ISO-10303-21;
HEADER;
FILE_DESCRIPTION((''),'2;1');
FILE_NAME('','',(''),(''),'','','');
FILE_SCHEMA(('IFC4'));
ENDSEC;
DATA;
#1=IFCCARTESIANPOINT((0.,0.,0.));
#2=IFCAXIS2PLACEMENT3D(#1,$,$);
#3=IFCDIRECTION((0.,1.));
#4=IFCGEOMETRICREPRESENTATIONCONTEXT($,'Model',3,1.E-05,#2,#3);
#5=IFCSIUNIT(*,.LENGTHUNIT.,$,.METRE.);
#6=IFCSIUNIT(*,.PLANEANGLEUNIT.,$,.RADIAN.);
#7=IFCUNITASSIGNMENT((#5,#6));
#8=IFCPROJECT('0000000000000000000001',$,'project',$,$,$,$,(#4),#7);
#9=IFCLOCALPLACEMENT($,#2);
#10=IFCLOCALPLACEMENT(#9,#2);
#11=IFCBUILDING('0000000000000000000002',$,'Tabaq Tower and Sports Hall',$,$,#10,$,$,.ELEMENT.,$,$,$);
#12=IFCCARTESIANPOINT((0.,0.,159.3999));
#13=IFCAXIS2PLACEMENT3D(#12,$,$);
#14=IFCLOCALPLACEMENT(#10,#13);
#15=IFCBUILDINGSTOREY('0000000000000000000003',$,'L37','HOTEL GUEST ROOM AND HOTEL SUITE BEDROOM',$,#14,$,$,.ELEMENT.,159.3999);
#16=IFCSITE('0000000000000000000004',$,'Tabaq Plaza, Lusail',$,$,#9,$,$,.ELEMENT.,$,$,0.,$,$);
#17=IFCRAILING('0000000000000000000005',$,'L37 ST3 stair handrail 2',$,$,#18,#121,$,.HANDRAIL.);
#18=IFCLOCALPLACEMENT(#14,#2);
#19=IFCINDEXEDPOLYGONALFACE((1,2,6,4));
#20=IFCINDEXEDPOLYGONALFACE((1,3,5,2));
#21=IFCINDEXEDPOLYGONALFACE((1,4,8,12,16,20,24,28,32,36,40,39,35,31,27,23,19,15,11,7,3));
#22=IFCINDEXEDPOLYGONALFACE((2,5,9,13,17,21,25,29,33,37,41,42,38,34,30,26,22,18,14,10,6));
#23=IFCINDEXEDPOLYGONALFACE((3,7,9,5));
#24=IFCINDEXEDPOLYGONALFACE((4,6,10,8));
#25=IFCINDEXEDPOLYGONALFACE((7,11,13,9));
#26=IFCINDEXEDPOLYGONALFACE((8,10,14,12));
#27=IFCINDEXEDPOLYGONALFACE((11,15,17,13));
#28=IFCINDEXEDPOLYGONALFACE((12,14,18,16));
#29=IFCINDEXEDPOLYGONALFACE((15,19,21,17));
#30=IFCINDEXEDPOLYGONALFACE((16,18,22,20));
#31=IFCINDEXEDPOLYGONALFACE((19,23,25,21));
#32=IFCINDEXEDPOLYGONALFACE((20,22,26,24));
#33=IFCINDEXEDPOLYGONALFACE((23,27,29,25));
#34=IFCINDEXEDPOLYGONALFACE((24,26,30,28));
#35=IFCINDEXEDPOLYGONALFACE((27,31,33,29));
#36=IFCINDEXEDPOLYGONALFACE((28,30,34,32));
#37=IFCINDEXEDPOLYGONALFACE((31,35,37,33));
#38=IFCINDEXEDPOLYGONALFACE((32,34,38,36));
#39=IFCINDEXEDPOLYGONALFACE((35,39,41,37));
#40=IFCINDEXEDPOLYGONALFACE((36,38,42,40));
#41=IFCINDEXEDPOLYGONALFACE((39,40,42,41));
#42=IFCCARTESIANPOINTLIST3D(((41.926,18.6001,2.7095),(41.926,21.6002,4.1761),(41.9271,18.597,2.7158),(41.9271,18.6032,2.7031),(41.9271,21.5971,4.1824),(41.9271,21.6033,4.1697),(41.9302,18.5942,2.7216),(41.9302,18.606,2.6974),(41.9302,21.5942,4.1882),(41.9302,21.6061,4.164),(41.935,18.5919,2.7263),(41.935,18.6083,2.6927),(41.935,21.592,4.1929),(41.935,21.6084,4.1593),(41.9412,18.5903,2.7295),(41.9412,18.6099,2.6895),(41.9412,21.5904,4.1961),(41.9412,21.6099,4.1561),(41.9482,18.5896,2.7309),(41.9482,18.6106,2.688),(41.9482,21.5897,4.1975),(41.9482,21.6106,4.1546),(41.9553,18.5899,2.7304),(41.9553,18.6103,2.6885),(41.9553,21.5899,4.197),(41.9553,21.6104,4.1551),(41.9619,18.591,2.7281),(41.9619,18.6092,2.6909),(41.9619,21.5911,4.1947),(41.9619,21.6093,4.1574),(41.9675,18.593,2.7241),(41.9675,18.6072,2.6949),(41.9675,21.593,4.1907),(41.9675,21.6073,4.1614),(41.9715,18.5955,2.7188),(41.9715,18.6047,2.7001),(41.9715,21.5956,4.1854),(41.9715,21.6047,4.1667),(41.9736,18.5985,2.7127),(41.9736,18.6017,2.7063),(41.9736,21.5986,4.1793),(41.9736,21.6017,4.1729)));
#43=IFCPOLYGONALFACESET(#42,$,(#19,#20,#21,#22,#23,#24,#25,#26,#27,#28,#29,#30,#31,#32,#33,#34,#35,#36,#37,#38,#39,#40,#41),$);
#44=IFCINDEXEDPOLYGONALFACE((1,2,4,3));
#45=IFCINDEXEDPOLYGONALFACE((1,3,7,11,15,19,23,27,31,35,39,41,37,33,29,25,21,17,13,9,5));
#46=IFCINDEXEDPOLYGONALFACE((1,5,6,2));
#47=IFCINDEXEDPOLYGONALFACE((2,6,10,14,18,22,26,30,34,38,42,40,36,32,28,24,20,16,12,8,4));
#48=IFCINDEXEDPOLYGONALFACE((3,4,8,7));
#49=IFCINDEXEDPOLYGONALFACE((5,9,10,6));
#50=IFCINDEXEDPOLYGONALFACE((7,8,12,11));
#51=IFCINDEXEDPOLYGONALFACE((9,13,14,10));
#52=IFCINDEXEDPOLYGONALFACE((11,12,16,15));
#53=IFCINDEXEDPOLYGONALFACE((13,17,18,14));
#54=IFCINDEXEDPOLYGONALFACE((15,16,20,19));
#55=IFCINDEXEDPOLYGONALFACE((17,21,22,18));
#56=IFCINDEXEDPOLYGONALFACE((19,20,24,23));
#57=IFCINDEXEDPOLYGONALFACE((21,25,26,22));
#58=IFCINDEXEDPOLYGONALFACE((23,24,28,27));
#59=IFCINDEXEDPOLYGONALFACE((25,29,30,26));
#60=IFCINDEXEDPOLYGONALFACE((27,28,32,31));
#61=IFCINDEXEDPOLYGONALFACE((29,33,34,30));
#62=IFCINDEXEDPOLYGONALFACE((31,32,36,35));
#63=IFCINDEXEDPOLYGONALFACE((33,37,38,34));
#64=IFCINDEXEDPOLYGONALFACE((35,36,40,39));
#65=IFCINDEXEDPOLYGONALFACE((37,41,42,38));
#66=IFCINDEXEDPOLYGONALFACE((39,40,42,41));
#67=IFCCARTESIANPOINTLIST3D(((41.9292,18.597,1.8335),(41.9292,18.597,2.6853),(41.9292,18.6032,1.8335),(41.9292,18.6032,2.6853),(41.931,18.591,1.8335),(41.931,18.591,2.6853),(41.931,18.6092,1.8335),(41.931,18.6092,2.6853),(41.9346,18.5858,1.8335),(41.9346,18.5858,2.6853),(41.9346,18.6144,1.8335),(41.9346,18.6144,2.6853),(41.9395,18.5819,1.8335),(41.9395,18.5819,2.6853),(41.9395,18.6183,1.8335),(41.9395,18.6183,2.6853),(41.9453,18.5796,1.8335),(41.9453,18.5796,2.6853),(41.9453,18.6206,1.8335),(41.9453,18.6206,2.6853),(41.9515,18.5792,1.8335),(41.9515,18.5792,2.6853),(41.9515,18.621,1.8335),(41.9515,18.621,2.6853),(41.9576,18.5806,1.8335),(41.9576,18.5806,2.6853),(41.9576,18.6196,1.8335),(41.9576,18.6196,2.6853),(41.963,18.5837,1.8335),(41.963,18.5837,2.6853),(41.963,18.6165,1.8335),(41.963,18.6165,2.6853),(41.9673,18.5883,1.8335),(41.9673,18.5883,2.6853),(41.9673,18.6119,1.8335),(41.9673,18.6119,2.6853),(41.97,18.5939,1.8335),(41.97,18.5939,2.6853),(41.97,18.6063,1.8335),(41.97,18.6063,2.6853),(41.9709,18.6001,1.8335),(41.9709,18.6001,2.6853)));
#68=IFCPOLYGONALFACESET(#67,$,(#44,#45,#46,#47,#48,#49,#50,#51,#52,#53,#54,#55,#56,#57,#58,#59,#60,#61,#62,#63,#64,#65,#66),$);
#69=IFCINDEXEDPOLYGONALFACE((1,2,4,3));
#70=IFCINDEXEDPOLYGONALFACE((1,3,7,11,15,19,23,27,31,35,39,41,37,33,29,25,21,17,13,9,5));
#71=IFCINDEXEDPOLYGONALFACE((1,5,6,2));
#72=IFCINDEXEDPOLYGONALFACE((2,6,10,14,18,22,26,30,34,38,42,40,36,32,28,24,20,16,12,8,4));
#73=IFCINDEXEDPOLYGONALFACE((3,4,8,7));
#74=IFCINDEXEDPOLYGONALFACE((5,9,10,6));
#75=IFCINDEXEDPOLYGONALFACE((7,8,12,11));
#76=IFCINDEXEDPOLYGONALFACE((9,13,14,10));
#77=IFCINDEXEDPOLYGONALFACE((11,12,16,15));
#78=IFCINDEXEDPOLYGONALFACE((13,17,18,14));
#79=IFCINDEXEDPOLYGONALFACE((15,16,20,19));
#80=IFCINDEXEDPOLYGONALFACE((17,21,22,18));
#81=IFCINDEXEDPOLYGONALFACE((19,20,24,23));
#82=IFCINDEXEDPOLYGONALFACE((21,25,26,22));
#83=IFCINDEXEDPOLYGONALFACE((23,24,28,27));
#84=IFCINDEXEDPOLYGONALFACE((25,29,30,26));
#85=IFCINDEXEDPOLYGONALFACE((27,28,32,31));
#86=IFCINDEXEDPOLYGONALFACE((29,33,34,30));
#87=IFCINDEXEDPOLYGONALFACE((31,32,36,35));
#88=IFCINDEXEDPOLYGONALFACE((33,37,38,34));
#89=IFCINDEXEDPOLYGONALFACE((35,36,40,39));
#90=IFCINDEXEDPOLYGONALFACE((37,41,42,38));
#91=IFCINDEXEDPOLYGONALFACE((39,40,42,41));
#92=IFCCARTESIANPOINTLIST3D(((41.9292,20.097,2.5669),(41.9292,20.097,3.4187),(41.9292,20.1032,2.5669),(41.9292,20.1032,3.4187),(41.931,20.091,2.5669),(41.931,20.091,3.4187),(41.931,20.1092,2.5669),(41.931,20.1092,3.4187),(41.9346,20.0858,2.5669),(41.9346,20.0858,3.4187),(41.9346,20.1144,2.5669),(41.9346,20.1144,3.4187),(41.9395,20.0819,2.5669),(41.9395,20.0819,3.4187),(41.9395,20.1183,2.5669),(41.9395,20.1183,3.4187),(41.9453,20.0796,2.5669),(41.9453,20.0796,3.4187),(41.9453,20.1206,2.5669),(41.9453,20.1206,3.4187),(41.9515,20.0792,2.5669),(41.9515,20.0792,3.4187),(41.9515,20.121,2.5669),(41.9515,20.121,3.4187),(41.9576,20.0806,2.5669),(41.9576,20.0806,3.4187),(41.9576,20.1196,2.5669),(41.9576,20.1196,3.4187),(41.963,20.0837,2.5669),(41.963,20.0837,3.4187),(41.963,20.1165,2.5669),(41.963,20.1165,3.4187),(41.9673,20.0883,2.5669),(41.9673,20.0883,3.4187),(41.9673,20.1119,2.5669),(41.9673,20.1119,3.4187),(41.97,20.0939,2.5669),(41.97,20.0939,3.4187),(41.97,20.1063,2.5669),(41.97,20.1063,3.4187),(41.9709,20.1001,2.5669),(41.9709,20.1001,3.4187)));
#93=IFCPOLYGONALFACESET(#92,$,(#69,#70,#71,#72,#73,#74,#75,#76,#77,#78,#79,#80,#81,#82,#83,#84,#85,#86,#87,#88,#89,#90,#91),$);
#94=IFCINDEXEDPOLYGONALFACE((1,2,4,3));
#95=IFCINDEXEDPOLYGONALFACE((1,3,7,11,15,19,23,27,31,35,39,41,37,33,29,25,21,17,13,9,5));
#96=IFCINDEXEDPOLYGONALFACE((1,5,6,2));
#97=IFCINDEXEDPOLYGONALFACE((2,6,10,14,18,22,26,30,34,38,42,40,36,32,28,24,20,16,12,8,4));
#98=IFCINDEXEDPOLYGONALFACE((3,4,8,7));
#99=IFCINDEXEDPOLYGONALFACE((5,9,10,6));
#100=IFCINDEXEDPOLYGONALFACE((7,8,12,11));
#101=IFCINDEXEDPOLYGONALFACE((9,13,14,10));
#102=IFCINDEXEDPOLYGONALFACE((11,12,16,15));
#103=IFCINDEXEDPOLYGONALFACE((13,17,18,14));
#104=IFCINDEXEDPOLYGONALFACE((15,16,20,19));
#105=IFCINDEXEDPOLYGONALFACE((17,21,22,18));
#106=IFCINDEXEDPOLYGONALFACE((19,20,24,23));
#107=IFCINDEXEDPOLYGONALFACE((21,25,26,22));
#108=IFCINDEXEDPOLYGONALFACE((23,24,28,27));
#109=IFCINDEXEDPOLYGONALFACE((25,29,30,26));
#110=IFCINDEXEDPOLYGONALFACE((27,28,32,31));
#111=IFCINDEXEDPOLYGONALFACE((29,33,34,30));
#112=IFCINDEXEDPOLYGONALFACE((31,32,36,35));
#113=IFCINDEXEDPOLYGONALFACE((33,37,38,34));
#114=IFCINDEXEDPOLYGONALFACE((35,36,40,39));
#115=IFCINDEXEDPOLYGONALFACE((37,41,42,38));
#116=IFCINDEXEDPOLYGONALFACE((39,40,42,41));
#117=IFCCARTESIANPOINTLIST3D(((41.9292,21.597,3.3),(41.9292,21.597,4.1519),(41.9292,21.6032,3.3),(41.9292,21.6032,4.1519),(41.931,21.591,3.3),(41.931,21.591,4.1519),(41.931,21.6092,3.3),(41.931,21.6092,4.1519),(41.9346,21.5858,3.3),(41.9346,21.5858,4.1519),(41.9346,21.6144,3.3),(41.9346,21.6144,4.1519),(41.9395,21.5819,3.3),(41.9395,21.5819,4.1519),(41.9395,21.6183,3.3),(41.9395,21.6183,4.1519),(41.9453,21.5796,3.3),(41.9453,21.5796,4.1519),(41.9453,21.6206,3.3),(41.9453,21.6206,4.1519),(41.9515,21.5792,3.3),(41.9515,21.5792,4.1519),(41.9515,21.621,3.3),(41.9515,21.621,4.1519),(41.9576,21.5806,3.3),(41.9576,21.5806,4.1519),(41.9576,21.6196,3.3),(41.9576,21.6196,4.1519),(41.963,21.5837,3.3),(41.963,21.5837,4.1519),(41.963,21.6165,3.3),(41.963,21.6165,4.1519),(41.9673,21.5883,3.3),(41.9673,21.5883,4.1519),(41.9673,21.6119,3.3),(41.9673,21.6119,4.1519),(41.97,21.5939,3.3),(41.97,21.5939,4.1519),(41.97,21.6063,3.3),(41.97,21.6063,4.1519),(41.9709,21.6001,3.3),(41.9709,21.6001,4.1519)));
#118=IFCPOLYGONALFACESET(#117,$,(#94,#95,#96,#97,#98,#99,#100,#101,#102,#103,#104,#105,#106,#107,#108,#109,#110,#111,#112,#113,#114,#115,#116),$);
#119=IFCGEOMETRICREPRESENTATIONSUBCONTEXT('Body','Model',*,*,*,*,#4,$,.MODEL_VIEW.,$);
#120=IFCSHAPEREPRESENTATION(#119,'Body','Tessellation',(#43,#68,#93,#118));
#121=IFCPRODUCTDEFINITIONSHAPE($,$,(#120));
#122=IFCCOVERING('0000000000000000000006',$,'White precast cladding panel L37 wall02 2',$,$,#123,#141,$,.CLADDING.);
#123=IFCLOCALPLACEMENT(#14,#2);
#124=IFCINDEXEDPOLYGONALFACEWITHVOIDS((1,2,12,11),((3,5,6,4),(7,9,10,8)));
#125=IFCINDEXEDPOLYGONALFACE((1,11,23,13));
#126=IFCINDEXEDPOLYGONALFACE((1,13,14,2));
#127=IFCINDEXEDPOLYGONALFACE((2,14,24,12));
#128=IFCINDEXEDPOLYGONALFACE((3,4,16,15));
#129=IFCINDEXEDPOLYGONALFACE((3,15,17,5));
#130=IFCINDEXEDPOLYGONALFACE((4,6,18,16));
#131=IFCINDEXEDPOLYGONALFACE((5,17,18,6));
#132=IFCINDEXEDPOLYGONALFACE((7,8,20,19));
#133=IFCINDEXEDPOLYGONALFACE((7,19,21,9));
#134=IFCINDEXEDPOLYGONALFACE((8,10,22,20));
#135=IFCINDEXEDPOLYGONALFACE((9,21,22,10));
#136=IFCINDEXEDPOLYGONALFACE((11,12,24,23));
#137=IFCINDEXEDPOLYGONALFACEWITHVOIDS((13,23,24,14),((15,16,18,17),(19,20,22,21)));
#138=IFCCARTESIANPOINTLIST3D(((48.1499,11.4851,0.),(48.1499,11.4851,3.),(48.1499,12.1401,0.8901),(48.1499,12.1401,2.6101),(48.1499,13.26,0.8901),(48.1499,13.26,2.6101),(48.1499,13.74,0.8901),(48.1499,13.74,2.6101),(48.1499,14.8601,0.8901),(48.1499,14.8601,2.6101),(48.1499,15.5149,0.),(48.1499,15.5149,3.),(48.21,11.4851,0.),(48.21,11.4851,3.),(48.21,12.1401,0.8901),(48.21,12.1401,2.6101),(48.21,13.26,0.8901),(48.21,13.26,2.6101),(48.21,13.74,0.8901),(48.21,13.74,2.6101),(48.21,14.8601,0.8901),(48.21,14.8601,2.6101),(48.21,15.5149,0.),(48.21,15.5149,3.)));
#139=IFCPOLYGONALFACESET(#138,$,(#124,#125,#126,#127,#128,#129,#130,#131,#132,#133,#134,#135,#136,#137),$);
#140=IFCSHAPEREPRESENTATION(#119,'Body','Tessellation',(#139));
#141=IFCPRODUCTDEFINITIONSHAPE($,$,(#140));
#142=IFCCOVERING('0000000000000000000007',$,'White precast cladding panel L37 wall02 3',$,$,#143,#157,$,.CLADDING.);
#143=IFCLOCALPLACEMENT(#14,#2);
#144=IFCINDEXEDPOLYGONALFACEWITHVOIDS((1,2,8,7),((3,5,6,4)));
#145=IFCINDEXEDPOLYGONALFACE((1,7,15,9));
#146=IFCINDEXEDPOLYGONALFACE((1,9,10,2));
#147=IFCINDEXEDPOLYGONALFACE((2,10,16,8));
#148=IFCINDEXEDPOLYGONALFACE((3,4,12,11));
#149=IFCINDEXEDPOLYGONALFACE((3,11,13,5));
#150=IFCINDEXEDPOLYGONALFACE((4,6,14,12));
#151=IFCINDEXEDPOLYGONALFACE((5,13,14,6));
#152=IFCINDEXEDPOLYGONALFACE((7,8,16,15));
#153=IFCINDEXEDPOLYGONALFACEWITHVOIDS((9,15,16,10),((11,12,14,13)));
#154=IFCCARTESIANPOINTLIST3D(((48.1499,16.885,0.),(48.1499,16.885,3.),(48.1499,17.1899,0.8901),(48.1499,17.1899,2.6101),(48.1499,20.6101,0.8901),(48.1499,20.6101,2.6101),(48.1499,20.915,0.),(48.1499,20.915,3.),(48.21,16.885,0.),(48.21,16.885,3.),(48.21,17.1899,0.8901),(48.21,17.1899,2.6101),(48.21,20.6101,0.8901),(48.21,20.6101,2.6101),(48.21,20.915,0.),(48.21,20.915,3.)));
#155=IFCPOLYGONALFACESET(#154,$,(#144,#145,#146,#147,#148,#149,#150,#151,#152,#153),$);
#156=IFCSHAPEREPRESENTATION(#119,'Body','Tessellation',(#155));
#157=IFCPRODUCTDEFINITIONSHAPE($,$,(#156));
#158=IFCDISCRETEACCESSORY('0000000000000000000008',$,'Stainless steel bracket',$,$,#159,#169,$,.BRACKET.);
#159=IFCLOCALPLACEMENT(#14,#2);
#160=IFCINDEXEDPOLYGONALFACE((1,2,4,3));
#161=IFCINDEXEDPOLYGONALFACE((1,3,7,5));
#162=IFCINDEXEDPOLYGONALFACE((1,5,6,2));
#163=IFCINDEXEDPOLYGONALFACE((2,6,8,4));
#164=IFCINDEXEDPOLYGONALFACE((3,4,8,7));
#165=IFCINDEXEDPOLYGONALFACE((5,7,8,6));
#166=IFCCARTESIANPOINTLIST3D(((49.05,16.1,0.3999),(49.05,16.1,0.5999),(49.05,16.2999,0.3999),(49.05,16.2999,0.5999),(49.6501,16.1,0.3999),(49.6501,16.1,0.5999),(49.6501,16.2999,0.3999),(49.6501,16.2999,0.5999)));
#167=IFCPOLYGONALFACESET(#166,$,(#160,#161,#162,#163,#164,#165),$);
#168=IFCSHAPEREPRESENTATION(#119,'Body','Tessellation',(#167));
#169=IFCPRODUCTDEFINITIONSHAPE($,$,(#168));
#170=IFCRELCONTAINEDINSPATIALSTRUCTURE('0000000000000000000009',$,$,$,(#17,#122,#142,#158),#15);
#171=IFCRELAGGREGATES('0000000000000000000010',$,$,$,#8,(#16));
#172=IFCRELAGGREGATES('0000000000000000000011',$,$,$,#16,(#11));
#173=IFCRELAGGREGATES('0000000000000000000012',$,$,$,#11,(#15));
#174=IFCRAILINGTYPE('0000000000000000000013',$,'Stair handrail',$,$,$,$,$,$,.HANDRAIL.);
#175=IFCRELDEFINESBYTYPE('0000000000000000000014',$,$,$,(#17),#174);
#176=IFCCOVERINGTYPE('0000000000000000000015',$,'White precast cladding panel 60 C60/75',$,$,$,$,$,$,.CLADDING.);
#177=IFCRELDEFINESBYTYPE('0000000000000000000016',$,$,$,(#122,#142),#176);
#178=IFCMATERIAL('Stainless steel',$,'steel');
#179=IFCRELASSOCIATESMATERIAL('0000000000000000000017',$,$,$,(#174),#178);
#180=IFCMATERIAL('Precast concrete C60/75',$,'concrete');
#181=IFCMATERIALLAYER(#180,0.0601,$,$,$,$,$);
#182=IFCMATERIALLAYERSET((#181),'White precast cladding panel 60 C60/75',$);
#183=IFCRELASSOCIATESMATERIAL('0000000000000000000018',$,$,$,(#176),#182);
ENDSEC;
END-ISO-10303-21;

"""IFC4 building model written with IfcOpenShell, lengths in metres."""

from ifc_helpers import new_model, si_unit, direction, frame, origin, origin_2d, place, context, subcontext, project, spatial, polyline, rectangle, circle, outline, extrude, material, layer, layer_set, type_object, element, save


model = new_model("IFC4")

# Units and contexts
model_context = context("Model", 3, precision=1e-05, world=origin(), true_north=direction((0.0, 1.0)))
body_context = subcontext(model_context, "Body", "Model", "MODEL_VIEW")
ifc_project = project(units=[si_unit("LENGTHUNIT", "METRE"), si_unit("PLANEANGLEUNIT", "RADIAN")], contexts=[model_context])

# Site, building, storey
site_placement = place(None, origin())
site = spatial("IfcSite", under=ifc_project, at=site_placement, Name="Tabaq Plaza, Lusail", CompositionType="ELEMENT", RefElevation=0.0)
building_placement = place(site_placement, origin())
building = spatial("IfcBuilding", under=site, at=building_placement, Name="Tabaq Tower and Sports Hall", CompositionType="ELEMENT")
storey_placement = place(building_placement, frame((0.0, 0.0, 159.3999)))
storey = spatial("IfcBuildingStorey", under=building, at=storey_placement, Name="L37", Description="HOTEL GUEST ROOM AND HOTEL SUITE BEDROOM", CompositionType="ELEMENT", Elevation=159.3999)

# Railing
ifc_material_1 = material(Name="Stainless steel", Category="steel")
railing_type = type_object("IfcRailingType", Name="Stair handrail", PredefinedType="HANDRAIL", material=ifc_material_1)
railing_placement = place(storey_placement, frame((41.95, 18.6001, 1.8335)))
element("IfcRailing", 1, at=railing_placement, inside=storey, type_object=railing_type, Name="L37 ST3 stair handrail 2", PredefinedType="HANDRAIL", context=body_context, shape_type="SweptSolid", body=[
    extrude(circle(Radius=0.0239, at=origin_2d()), frame((0.0, 0.0, 0.876), z_axis=(0.0, 0.898398, 0.439183), x_axis=(-1.0, 0.0, 0.0)), (0.0, 0.0, 1.0), 3.3394),
    extrude(circle(Radius=0.021, at=origin_2d()), origin(), (0.0, 0.0, 1.0), 0.8518),
    extrude(circle(Radius=0.021, at=origin_2d()), frame((0.0, 1.5, 0.7334)), (0.0, 0.0, 1.0), 0.8518),
    extrude(circle(Radius=0.021, at=origin_2d()), frame((0.0, 3.0, 1.4666)), (0.0, 0.0, 1.0), 0.8518),
])

# Coverings
ifc_material_2 = material(Name="Precast concrete C60/75", Category="concrete")
ifc_layer_1 = layer(ifc_material_2, 0.0601)
ifc_layer_set_1 = layer_set([ifc_layer_1], Name="White precast cladding panel 60 C60/75")
covering_type_1 = type_object("IfcCoveringType", Name="White precast cladding panel 60 C60/75", PredefinedType="CLADDING", material=ifc_layer_set_1)
covering_1_placement = place(storey_placement, frame((48.1799, 11.4851, 0.0), z_axis=(0.0, 0.0, 1.0), x_axis=(0.0, 1.0, 0.0)))
element("IfcCovering", 2, at=covering_1_placement, inside=storey, type_object=covering_type_1, Name="White precast cladding panel L37 wall02 2", PredefinedType="CLADDING", context=body_context, shape_type="SweptSolid", body=[
    extrude(outline(polyline([(0.0, 0.0), (4.0298, 0.0), (4.0298, 3.0), (0.0, 3.0), (0.0, 0.0)]), holes=[polyline([(0.655, 2.6101), (1.7749, 2.6101), (1.7749, 0.8901), (0.655, 0.8901), (0.655, 2.6101)]), polyline([(2.2549, 2.6101), (3.375, 2.6101), (3.375, 0.8901), (2.2549, 0.8901), (2.2549, 2.6101)])]), frame((0.0, 0.03, 0.0), z_axis=(0.0, -1.0, 0.0), x_axis=(1.0, 0.0, 0.0)), (0.0, 0.0, 1.0), 0.0601),
])
covering_2_placement = place(storey_placement, frame((48.1799, 16.885, 0.0), z_axis=(0.0, 0.0, 1.0), x_axis=(0.0, 1.0, 0.0)))
element("IfcCovering", 3, at=covering_2_placement, inside=storey, type_object=covering_type_1, Name="White precast cladding panel L37 wall02 3", PredefinedType="CLADDING", context=body_context, shape_type="SweptSolid", body=[
    extrude(outline(polyline([(0.0, 0.0), (4.03, 0.0), (4.03, 3.0), (0.0, 3.0), (0.0, 0.0)]), holes=[polyline([(0.3049, 0.8901), (0.3049, 2.6101), (3.7251, 2.6101), (3.7251, 0.8901), (0.3049, 0.8901)])]), frame((0.0, 0.03, 0.0), z_axis=(0.0, -1.0, 0.0), x_axis=(1.0, 0.0, 0.0)), (0.0, 0.0, 1.0), 0.0601),
])

# Discrete accessory
discrete_accessory_placement = place(storey_placement, frame((49.3501, 16.2, 0.3999), z_axis=(0.0, 0.0, 1.0), x_axis=(1.0, 0.0, 0.0)))
element("IfcDiscreteAccessory", 4, at=discrete_accessory_placement, inside=storey, Name="Stainless steel bracket", PredefinedType="BRACKET", context=body_context, shape_type="SweptSolid", body=[
    extrude(rectangle(XDim=0.6001, YDim=0.2, at=origin_2d()), origin(), (0.0, 0.0, 1.0), 0.2),
])

save(model, "model.ifc")
